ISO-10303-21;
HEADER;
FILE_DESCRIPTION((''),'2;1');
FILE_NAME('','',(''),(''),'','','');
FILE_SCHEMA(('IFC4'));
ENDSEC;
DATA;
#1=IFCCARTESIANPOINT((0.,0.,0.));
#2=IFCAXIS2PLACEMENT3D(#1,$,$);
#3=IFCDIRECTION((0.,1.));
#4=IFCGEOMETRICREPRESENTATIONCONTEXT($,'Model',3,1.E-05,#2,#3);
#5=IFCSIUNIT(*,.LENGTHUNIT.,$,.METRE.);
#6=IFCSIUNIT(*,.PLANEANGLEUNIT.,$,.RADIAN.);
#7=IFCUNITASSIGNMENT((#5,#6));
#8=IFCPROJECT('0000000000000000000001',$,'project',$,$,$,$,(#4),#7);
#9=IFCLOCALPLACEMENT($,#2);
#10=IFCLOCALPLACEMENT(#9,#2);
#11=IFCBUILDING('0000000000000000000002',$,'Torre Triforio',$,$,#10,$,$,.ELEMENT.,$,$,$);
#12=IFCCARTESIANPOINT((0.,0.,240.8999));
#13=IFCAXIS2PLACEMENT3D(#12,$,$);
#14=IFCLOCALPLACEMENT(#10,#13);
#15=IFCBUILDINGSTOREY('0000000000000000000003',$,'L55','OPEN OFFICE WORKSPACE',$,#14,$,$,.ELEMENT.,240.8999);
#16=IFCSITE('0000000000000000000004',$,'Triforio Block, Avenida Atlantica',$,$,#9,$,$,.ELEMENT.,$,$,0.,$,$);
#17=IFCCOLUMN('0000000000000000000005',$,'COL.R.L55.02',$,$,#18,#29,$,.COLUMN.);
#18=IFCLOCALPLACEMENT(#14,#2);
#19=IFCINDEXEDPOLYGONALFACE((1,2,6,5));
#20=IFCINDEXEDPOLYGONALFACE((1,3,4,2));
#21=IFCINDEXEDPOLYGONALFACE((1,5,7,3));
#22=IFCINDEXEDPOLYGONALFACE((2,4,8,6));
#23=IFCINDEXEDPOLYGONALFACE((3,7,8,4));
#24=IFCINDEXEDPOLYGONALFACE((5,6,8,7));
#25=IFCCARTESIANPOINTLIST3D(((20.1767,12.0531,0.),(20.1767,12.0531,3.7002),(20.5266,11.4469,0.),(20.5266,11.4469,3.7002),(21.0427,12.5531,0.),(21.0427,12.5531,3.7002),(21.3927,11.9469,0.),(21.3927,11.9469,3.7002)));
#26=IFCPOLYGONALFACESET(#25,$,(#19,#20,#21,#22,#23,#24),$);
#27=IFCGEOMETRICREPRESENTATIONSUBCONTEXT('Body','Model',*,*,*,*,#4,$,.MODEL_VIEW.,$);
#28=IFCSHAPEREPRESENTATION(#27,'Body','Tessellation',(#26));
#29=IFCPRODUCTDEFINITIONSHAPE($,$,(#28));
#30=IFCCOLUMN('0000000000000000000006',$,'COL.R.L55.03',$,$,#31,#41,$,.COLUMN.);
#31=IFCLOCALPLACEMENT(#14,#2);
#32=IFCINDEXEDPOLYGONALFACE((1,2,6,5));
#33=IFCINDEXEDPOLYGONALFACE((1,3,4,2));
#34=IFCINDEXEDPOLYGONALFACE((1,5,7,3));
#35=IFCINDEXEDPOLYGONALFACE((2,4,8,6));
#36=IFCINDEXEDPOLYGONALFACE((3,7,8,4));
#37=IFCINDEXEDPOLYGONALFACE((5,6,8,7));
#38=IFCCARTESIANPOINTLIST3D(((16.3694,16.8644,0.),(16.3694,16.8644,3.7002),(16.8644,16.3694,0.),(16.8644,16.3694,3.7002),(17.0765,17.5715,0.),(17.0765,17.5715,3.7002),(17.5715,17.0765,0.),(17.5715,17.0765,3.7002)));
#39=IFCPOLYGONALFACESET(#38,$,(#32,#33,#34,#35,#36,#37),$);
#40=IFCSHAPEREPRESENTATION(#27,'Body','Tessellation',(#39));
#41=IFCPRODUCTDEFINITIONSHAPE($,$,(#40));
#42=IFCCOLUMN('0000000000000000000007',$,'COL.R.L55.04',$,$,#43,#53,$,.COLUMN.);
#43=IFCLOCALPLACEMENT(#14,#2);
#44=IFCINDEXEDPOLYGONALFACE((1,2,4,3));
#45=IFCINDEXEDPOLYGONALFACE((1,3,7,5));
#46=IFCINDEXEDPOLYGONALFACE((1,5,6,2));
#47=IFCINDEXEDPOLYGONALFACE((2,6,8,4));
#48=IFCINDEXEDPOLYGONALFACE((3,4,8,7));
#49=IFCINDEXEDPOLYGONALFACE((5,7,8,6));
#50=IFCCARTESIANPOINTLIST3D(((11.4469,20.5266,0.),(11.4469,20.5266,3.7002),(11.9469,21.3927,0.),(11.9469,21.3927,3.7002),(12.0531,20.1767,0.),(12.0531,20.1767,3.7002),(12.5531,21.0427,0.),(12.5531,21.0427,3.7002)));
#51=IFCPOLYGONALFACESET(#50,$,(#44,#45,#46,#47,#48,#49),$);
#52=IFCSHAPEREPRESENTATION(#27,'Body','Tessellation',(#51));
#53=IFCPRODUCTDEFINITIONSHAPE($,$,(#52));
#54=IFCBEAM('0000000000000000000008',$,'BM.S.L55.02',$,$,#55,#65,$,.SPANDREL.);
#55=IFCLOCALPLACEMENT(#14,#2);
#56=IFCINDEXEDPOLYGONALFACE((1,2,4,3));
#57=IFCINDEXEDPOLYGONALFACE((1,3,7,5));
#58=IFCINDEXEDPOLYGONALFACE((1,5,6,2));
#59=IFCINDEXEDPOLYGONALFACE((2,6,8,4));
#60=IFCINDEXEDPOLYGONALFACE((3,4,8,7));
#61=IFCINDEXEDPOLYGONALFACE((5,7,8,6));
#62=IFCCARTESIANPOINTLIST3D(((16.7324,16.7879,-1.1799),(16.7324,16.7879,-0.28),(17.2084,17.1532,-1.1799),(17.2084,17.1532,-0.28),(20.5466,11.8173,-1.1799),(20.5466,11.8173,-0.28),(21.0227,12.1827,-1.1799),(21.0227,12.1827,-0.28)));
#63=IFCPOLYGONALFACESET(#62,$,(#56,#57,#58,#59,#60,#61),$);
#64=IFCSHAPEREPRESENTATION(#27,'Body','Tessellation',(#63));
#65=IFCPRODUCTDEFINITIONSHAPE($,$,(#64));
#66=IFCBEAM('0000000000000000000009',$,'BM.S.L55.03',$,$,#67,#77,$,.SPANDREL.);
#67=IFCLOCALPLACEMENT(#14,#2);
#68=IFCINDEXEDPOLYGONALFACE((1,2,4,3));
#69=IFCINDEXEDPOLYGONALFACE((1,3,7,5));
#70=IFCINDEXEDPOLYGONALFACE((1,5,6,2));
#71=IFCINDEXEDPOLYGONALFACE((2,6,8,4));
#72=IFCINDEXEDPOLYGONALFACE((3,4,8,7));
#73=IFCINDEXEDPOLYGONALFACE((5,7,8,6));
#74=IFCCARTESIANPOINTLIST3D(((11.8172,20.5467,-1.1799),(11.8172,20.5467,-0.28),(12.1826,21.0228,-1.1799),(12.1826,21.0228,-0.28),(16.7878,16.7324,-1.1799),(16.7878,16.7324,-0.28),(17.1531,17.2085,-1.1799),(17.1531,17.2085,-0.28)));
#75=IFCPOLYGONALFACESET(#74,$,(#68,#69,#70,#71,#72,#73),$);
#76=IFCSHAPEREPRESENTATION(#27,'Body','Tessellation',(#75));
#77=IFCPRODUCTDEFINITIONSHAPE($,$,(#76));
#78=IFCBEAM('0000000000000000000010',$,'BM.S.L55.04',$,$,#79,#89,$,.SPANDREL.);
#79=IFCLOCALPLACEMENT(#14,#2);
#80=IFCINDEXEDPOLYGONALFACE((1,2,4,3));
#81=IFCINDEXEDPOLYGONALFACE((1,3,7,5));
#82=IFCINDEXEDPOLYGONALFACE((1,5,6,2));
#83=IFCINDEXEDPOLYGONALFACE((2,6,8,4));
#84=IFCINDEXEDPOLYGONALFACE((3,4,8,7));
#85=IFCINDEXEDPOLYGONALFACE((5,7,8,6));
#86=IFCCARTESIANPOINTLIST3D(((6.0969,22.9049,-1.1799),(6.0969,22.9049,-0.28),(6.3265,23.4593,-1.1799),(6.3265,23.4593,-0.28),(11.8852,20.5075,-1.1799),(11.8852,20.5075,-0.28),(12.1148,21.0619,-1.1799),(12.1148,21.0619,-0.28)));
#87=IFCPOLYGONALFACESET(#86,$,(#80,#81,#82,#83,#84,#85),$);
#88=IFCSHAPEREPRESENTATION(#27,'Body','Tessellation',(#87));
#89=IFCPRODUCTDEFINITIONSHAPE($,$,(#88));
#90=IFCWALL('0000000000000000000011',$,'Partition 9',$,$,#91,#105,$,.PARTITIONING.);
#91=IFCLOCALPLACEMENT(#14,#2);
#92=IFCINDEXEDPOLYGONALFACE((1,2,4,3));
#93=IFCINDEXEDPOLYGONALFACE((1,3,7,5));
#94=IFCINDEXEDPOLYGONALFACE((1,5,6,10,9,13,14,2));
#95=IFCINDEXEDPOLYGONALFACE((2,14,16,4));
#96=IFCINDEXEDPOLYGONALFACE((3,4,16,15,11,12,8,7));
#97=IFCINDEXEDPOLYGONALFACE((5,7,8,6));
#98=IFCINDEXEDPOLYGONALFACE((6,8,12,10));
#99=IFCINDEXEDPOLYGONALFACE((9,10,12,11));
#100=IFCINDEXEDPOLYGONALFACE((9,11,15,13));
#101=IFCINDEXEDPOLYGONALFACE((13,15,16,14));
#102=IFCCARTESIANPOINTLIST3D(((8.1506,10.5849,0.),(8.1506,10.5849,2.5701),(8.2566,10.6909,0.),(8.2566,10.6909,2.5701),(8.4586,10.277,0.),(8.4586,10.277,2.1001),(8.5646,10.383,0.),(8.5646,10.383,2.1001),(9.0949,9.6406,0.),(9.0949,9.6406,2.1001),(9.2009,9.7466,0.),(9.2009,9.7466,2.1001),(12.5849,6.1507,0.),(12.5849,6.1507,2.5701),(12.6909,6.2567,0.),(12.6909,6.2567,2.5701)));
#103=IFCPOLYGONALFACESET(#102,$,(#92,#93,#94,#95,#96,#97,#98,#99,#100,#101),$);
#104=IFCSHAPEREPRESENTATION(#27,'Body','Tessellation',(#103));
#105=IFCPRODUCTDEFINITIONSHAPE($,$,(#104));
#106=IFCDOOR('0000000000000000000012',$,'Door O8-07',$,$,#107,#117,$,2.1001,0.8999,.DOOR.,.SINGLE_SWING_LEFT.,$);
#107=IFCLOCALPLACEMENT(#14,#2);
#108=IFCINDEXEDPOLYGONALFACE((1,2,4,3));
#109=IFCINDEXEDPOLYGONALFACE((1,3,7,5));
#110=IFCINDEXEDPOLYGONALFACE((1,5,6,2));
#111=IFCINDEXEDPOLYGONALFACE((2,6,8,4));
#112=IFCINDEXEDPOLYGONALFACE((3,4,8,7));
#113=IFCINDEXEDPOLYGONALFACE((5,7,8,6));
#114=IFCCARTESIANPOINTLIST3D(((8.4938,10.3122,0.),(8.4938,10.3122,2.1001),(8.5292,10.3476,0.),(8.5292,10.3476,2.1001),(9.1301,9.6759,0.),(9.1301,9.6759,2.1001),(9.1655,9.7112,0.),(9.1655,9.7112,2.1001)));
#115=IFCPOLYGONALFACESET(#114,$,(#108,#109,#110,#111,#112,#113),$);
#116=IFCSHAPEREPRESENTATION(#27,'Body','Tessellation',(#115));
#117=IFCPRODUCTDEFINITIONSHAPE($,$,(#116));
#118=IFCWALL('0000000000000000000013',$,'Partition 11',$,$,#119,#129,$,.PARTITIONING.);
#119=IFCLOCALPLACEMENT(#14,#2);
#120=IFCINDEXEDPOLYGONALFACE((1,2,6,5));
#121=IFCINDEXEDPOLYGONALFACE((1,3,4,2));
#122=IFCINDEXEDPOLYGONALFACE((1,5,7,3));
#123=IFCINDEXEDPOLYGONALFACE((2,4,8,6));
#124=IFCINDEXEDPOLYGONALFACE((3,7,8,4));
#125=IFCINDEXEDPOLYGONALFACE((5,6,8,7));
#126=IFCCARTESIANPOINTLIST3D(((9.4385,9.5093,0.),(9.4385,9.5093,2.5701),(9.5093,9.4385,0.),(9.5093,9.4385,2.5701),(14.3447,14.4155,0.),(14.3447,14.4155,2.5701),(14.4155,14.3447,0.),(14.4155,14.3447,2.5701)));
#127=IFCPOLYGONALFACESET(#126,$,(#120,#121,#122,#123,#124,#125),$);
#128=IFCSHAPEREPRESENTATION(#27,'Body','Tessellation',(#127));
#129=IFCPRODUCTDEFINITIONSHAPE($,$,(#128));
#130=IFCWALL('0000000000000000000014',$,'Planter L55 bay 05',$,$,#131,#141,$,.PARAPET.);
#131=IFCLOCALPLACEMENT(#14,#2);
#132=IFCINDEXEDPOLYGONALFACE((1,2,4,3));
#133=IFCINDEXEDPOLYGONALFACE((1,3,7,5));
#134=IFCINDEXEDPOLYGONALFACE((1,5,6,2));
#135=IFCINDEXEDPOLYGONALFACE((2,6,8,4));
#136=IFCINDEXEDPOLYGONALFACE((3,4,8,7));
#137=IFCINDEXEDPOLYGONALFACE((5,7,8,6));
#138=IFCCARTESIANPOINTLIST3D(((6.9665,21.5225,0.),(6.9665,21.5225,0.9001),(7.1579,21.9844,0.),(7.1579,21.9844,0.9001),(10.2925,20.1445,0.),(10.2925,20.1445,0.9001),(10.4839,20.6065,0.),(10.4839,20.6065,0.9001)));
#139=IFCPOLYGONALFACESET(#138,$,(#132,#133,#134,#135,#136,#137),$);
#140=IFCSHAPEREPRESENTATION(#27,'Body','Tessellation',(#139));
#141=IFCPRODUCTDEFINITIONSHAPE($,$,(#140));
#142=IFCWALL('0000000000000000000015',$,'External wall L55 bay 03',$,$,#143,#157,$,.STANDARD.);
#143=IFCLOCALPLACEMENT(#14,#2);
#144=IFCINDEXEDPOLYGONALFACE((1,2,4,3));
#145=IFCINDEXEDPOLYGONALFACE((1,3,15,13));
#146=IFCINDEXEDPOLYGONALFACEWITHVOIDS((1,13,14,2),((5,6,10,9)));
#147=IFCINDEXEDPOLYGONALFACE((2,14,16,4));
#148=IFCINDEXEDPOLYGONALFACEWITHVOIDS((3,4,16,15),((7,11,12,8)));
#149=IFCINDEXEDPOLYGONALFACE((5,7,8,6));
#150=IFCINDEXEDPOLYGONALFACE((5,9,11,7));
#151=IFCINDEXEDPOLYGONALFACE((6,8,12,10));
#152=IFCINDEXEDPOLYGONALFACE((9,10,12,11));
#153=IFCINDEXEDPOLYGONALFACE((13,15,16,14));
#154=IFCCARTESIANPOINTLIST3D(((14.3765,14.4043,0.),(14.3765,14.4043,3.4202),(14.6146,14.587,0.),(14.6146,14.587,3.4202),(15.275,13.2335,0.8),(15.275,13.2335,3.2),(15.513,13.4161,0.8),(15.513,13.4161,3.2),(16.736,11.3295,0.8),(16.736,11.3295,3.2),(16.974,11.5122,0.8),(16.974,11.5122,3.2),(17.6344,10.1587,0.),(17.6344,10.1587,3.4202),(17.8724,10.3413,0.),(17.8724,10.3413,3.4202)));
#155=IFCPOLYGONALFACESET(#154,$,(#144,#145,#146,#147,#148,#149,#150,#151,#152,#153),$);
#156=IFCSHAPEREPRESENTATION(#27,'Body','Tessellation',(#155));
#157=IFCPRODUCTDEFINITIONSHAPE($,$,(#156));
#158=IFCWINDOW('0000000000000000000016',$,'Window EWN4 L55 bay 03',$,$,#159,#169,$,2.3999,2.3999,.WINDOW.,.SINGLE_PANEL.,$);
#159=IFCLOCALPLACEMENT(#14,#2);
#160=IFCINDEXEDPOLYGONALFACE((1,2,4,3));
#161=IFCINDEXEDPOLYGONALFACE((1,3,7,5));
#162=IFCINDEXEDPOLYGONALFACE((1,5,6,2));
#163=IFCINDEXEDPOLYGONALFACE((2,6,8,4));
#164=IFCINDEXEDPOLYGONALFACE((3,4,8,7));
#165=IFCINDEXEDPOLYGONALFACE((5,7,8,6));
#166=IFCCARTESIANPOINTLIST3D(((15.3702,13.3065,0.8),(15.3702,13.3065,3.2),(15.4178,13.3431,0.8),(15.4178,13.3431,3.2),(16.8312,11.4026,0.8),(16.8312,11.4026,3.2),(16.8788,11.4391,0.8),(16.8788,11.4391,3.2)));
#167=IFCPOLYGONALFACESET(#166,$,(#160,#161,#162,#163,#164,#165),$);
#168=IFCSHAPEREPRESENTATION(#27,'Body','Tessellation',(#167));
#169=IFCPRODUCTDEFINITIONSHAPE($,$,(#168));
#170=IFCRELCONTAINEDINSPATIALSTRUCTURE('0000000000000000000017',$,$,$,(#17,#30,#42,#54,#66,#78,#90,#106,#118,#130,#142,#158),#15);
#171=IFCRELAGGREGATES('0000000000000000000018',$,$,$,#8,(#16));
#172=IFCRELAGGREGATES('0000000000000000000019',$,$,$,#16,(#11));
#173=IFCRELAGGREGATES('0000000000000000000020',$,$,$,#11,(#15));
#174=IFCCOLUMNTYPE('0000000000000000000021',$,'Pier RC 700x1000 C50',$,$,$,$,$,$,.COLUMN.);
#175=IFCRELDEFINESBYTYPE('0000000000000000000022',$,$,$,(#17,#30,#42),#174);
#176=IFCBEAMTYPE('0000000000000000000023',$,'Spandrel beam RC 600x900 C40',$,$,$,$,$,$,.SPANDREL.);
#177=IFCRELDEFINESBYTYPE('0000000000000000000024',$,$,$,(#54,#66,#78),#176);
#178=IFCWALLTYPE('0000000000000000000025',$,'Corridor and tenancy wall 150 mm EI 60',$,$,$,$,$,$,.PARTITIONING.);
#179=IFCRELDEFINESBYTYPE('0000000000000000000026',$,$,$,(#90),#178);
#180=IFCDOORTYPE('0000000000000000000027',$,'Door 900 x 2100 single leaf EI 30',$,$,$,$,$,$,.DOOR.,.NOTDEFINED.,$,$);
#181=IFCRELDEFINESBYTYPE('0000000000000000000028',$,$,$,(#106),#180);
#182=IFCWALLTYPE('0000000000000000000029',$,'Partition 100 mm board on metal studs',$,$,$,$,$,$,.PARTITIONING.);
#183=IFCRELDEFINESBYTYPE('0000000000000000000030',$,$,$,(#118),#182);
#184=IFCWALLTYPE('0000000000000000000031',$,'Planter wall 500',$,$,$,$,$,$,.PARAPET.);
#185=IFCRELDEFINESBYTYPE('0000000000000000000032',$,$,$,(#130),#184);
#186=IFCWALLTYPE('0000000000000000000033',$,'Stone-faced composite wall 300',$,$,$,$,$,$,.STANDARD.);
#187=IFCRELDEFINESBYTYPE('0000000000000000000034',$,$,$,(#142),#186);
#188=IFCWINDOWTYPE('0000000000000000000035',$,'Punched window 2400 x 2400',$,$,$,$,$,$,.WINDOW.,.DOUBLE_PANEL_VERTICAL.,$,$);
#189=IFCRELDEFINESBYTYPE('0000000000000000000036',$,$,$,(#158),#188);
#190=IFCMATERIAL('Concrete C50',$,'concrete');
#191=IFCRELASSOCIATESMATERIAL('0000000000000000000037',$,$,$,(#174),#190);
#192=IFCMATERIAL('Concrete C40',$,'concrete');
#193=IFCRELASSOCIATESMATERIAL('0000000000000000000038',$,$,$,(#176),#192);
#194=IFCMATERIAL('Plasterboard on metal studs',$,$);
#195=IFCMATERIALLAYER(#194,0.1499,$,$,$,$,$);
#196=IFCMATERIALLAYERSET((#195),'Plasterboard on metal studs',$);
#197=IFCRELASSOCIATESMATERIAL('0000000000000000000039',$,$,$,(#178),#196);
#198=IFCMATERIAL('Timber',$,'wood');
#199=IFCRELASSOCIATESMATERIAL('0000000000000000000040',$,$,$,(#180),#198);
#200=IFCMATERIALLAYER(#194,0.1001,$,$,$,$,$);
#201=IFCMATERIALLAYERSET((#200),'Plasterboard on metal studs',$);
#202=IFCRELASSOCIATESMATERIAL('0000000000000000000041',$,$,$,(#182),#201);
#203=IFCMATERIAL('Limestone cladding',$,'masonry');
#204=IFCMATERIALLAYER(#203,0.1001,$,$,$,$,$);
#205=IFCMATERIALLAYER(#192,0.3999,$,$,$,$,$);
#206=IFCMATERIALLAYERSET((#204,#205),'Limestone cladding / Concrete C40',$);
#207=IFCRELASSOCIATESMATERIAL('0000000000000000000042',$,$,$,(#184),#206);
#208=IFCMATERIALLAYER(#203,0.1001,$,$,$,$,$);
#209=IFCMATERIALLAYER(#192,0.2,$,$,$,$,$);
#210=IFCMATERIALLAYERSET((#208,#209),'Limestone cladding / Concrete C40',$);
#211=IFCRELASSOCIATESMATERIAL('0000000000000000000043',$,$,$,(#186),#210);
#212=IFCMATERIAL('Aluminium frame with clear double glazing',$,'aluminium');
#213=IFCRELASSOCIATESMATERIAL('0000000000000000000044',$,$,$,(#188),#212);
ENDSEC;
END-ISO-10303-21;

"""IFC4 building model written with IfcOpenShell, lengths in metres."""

from ifc_helpers import new_model, si_unit, direction, frame, frame_2d, origin, origin_2d, place, context, subcontext, project, spatial, rectangle, extrude, material, layer, layer_set, material_profile, profile_set, type_object, element, fill, save


model = new_model("IFC4")

# Units and contexts
model_context = context("Model", 3, precision=1e-05, world=origin(), true_north=direction((0.0, 1.0)))
body_context = subcontext(model_context, "Body", "Model", "MODEL_VIEW")
ifc_project = project(units=[si_unit("LENGTHUNIT", "METRE"), si_unit("PLANEANGLEUNIT", "RADIAN")], contexts=[model_context])

# Site, building, storey
site_placement = place(None, origin())
site = spatial("IfcSite", under=ifc_project, at=site_placement, Name="Triforio Block, Avenida Atlantica", CompositionType="ELEMENT", RefElevation=0.0)
building_placement = place(site_placement, origin())
building = spatial("IfcBuilding", under=site, at=building_placement, Name="Torre Triforio", CompositionType="ELEMENT")
storey_placement = place(building_placement, frame((0.0, 0.0, 240.8999)))
storey = spatial("IfcBuildingStorey", under=building, at=storey_placement, Name="L55", Description="OPEN OFFICE WORKSPACE", CompositionType="ELEMENT", Elevation=240.8999)

# Columns
ifc_material_1 = material(Name="Concrete C50", Category="concrete")
ifc_material_profile_1 = material_profile(ifc_material_1, rectangle(XDim=0.7, YDim=1.0, at=origin_2d()), Name="RC 700x1000")
ifc_profile_set_1 = profile_set([ifc_material_profile_1], Name="Concrete C50")
column_type = type_object("IfcColumnType", Name="Pier RC 700x1000 C50", PredefinedType="COLUMN", material=ifc_profile_set_1)
for number, where, z_axis, x_axis, name in (
    (1, (20.7847, 12.0, 0.0), (0.0, 0.0, 1.0), (-0.5, 0.866025, 0.0), "COL.R.L55.02"),
    (2, (16.9705, 16.9705, 0.0), (0.0, 0.0, 1.0), (-0.707107, 0.707107, 0.0), "COL.R.L55.03"),
    (3, (12.0, 20.7847, 0.0), (0.0, 0.0, 1.0), (-0.866025, 0.5, 0.0), "COL.R.L55.04"),
):
    element("IfcColumn", number, at=place(storey_placement, frame(where, z_axis=z_axis, x_axis=x_axis)), inside=storey, type_object=column_type, Name=name, PredefinedType="COLUMN", context=body_context, shape_type="SweptSolid", body=[
        extrude(rectangle(XDim=0.7, YDim=1.0, at=origin_2d()), origin(), (0.0, 0.0, 1.0), 3.7002),
    ])

# Beams
ifc_material_2 = material(Name="Concrete C40", Category="concrete")
ifc_material_profile_2 = material_profile(ifc_material_2, rectangle(XDim=0.6001, YDim=0.8999, at=origin_2d()), Name="RC 600x900")
ifc_profile_set_2 = profile_set([ifc_material_profile_2], Name="Concrete C40")
beam_type = type_object("IfcBeamType", Name="Spandrel beam RC 600x900 C40", PredefinedType="SPANDREL", material=ifc_profile_set_2)
for number, where, z_axis, x_axis, name in (
    (4, (20.7847, 12.0, -0.73), (-0.608786, 0.793335, 0.0), (-0.793335, -0.608786, 0.0), "BM.S.L55.02"),
    (5, (16.9705, 16.9705, -0.73), (-0.793335, 0.608786, 0.0), (-0.608786, -0.793335, 0.0), "BM.S.L55.03"),
):
    element("IfcBeam", number, at=place(storey_placement, frame(where, z_axis=z_axis, x_axis=x_axis)), inside=storey, type_object=beam_type, Name=name, PredefinedType="SPANDREL", context=body_context, shape_type="SweptSolid", body=[
        extrude(rectangle(XDim=0.6001, YDim=0.8999, at=origin_2d()), origin(), (0.0, 0.0, 1.0), 6.2654),
    ])
beam_placement = place(storey_placement, frame((12.0, 20.7847, -0.73), z_axis=(-0.923888, 0.382664, 0.0), x_axis=(-0.382664, -0.923888, 0.0)))
element("IfcBeam", 6, at=beam_placement, inside=storey, type_object=beam_type, Name="BM.S.L55.04", PredefinedType="SPANDREL", context=body_context, shape_type="SweptSolid", body=[
    extrude(rectangle(XDim=0.6001, YDim=0.8999, at=origin_2d()), origin(), (0.0, 0.0, 1.0), 6.2651),
])

# Wall, opening, door
ifc_material_3 = material(Name="Plasterboard on metal studs")
ifc_layer_1 = layer(ifc_material_3, 0.1499)
ifc_layer_set_1 = layer_set([ifc_layer_1], Name="Plasterboard on metal studs")
wall_type_1 = type_object("IfcWallType", Name="Corridor and tenancy wall 150 mm EI 60", PredefinedType="PARTITIONING", material=ifc_layer_set_1)
wall_1_placement = place(storey_placement, frame((8.2036, 10.6379, 0.0), z_axis=(0.0, 0.0, 1.0), x_axis=(0.707107, -0.707107, 0.0)))
wall_1 = element("IfcWall", 7, at=wall_1_placement, inside=storey, type_object=wall_type_1, Name="Partition 9", PredefinedType="PARTITIONING", context=body_context, shape_type="SweptSolid", body=[
    extrude(rectangle(XDim=6.271, YDim=0.1499, at=frame_2d((3.1355, 0.0))), origin(), (0.0, 0.0, 1.0), 2.5701),
])
opening_1_placement = place(wall_1_placement, frame((0.4355, 0.0, 0.0)))
opening_1 = element("IfcOpeningElement", 8, at=opening_1_placement, cuts=wall_1, PredefinedType="OPENING", context=body_context, shape_type="SweptSolid", body=[
    extrude(rectangle(XDim=0.8999, YDim=2.1001, at=frame_2d((0.45, 1.05))), frame((0.0, 0.085, 0.0), z_axis=(0.0, -1.0, 0.0), x_axis=(1.0, 0.0, 0.0)), (0.0, 0.0, 1.0), 0.1699),
])
ifc_material_4 = material(Name="Timber", Category="wood")
door_type_1 = type_object("IfcDoorType", Name="Door 900 x 2100 single leaf EI 30", OperationType="NOTDEFINED", PredefinedType="DOOR", material=ifc_material_4)
door_1_placement = place(opening_1_placement, origin())
door_1 = element("IfcDoor", 9, at=door_1_placement, inside=storey, type_object=door_type_1, Name="Door O8-07", OperationType="SINGLE_SWING_LEFT", OverallHeight=2.1001, OverallWidth=0.8999, PredefinedType="DOOR", context=body_context, shape_type="SweptSolid", body=[
    extrude(rectangle(XDim=0.8999, YDim=2.1001, at=frame_2d((0.45, 1.05))), frame((0.0, 0.0249, 0.0), z_axis=(0.0, -1.0, 0.0), x_axis=(1.0, 0.0, 0.0)), (0.0, 0.0, 1.0), 0.05),
])
fill(opening_1, door_1)

# Walls
ifc_layer_2 = layer(ifc_material_3, 0.1001)
ifc_layer_set_2 = layer_set([ifc_layer_2], Name="Plasterboard on metal studs")
wall_type_2 = type_object("IfcWallType", Name="Partition 100 mm board on metal studs", PredefinedType="PARTITIONING", material=ifc_layer_set_2)
wall_2_placement = place(storey_placement, frame((9.4739, 9.4739, 0.0), z_axis=(0.0, 0.0, 1.0), x_axis=(0.707107, 0.707107, 0.0)))
element("IfcWall", 10, at=wall_2_placement, inside=storey, type_object=wall_type_2, Name="Partition 11", PredefinedType="PARTITIONING", context=body_context, shape_type="SweptSolid", body=[
    extrude(rectangle(XDim=6.9385, YDim=0.1001, at=frame_2d((3.4692, 0.0))), origin(), (0.0, 0.0, 1.0), 2.5701),
])
ifc_material_5 = material(Name="Limestone cladding", Category="masonry")
ifc_layer_3 = layer(ifc_material_5, 0.1001)
ifc_layer_4 = layer(ifc_material_2, 0.3999)
ifc_layer_set_3 = layer_set([ifc_layer_3, ifc_layer_4], Name="Limestone cladding / Concrete C40")
wall_type_3 = type_object("IfcWallType", Name="Planter wall 500", PredefinedType="PARAPET", material=ifc_layer_set_3)
wall_3_placement = place(storey_placement, frame((10.3882, 20.3755, 0.0), z_axis=(0.0, 0.0, 1.0), x_axis=(-0.923852, 0.382751, 0.0)))
element("IfcWall", 11, at=wall_3_placement, inside=storey, type_object=wall_type_3, Name="Planter L55 bay 05", PredefinedType="PARAPET", context=body_context, shape_type="SweptSolid", body=[
    extrude(rectangle(XDim=3.6001, YDim=0.5, at=frame_2d((1.8, 0.0))), origin(), (0.0, 0.0, 1.0), 0.9001),
])

# Wall, opening, window
ifc_layer_5 = layer(ifc_material_5, 0.1001)
ifc_layer_6 = layer(ifc_material_2, 0.2)
ifc_layer_set_4 = layer_set([ifc_layer_5, ifc_layer_6], Name="Limestone cladding / Concrete C40")
wall_type_4 = type_object("IfcWallType", Name="Stone-faced composite wall 300", PredefinedType="STANDARD", material=ifc_layer_set_4)
wall_4_placement = place(storey_placement, frame((17.7534, 10.25, 0.0), z_axis=(0.0, 0.0, 1.0), x_axis=(-0.608767, 0.793349, 0.0)))
wall_4 = element("IfcWall", 12, at=wall_4_placement, inside=storey, type_object=wall_type_4, Name="External wall L55 bay 03", PredefinedType="STANDARD", context=body_context, shape_type="SweptSolid", body=[
    extrude(rectangle(XDim=5.3516, YDim=0.3, at=frame_2d((2.6758, 0.0))), origin(), (0.0, 0.0, 1.0), 3.4202),
])
opening_2_placement = place(wall_4_placement, frame((1.4758, 0.0, 0.8)))
opening_2 = element("IfcOpeningElement", 13, at=opening_2_placement, cuts=wall_4, PredefinedType="OPENING", context=body_context, shape_type="SweptSolid", body=[
    extrude(rectangle(XDim=2.3999, YDim=2.3999, at=frame_2d((1.2, 1.2))), frame((0.0, 0.1599, 0.0), z_axis=(0.0, -1.0, 0.0), x_axis=(1.0, 0.0, 0.0)), (0.0, 0.0, 1.0), 0.3201),
])
ifc_material_6 = material(Name="Aluminium frame with clear double glazing", Category="aluminium")
window_type_1 = type_object("IfcWindowType", Name="Punched window 2400 x 2400", PartitioningType="DOUBLE_PANEL_VERTICAL", PredefinedType="WINDOW", material=ifc_material_6)
window_1_placement = place(opening_2_placement, origin())
window_1 = element("IfcWindow", 14, at=window_1_placement, inside=storey, type_object=window_type_1, Name="Window EWN4 L55 bay 03", OverallHeight=2.3999, OverallWidth=2.3999, PartitioningType="SINGLE_PANEL", PredefinedType="WINDOW", context=body_context, shape_type="SweptSolid", body=[
    extrude(rectangle(XDim=2.3999, YDim=2.3999, at=frame_2d((1.2, 1.2))), frame((0.0, 0.03, 0.0), z_axis=(0.0, -1.0, 0.0), x_axis=(1.0, 0.0, 0.0)), (0.0, 0.0, 1.0), 0.0601),
])
fill(opening_2, window_1)

save(model, "model.ifc")
